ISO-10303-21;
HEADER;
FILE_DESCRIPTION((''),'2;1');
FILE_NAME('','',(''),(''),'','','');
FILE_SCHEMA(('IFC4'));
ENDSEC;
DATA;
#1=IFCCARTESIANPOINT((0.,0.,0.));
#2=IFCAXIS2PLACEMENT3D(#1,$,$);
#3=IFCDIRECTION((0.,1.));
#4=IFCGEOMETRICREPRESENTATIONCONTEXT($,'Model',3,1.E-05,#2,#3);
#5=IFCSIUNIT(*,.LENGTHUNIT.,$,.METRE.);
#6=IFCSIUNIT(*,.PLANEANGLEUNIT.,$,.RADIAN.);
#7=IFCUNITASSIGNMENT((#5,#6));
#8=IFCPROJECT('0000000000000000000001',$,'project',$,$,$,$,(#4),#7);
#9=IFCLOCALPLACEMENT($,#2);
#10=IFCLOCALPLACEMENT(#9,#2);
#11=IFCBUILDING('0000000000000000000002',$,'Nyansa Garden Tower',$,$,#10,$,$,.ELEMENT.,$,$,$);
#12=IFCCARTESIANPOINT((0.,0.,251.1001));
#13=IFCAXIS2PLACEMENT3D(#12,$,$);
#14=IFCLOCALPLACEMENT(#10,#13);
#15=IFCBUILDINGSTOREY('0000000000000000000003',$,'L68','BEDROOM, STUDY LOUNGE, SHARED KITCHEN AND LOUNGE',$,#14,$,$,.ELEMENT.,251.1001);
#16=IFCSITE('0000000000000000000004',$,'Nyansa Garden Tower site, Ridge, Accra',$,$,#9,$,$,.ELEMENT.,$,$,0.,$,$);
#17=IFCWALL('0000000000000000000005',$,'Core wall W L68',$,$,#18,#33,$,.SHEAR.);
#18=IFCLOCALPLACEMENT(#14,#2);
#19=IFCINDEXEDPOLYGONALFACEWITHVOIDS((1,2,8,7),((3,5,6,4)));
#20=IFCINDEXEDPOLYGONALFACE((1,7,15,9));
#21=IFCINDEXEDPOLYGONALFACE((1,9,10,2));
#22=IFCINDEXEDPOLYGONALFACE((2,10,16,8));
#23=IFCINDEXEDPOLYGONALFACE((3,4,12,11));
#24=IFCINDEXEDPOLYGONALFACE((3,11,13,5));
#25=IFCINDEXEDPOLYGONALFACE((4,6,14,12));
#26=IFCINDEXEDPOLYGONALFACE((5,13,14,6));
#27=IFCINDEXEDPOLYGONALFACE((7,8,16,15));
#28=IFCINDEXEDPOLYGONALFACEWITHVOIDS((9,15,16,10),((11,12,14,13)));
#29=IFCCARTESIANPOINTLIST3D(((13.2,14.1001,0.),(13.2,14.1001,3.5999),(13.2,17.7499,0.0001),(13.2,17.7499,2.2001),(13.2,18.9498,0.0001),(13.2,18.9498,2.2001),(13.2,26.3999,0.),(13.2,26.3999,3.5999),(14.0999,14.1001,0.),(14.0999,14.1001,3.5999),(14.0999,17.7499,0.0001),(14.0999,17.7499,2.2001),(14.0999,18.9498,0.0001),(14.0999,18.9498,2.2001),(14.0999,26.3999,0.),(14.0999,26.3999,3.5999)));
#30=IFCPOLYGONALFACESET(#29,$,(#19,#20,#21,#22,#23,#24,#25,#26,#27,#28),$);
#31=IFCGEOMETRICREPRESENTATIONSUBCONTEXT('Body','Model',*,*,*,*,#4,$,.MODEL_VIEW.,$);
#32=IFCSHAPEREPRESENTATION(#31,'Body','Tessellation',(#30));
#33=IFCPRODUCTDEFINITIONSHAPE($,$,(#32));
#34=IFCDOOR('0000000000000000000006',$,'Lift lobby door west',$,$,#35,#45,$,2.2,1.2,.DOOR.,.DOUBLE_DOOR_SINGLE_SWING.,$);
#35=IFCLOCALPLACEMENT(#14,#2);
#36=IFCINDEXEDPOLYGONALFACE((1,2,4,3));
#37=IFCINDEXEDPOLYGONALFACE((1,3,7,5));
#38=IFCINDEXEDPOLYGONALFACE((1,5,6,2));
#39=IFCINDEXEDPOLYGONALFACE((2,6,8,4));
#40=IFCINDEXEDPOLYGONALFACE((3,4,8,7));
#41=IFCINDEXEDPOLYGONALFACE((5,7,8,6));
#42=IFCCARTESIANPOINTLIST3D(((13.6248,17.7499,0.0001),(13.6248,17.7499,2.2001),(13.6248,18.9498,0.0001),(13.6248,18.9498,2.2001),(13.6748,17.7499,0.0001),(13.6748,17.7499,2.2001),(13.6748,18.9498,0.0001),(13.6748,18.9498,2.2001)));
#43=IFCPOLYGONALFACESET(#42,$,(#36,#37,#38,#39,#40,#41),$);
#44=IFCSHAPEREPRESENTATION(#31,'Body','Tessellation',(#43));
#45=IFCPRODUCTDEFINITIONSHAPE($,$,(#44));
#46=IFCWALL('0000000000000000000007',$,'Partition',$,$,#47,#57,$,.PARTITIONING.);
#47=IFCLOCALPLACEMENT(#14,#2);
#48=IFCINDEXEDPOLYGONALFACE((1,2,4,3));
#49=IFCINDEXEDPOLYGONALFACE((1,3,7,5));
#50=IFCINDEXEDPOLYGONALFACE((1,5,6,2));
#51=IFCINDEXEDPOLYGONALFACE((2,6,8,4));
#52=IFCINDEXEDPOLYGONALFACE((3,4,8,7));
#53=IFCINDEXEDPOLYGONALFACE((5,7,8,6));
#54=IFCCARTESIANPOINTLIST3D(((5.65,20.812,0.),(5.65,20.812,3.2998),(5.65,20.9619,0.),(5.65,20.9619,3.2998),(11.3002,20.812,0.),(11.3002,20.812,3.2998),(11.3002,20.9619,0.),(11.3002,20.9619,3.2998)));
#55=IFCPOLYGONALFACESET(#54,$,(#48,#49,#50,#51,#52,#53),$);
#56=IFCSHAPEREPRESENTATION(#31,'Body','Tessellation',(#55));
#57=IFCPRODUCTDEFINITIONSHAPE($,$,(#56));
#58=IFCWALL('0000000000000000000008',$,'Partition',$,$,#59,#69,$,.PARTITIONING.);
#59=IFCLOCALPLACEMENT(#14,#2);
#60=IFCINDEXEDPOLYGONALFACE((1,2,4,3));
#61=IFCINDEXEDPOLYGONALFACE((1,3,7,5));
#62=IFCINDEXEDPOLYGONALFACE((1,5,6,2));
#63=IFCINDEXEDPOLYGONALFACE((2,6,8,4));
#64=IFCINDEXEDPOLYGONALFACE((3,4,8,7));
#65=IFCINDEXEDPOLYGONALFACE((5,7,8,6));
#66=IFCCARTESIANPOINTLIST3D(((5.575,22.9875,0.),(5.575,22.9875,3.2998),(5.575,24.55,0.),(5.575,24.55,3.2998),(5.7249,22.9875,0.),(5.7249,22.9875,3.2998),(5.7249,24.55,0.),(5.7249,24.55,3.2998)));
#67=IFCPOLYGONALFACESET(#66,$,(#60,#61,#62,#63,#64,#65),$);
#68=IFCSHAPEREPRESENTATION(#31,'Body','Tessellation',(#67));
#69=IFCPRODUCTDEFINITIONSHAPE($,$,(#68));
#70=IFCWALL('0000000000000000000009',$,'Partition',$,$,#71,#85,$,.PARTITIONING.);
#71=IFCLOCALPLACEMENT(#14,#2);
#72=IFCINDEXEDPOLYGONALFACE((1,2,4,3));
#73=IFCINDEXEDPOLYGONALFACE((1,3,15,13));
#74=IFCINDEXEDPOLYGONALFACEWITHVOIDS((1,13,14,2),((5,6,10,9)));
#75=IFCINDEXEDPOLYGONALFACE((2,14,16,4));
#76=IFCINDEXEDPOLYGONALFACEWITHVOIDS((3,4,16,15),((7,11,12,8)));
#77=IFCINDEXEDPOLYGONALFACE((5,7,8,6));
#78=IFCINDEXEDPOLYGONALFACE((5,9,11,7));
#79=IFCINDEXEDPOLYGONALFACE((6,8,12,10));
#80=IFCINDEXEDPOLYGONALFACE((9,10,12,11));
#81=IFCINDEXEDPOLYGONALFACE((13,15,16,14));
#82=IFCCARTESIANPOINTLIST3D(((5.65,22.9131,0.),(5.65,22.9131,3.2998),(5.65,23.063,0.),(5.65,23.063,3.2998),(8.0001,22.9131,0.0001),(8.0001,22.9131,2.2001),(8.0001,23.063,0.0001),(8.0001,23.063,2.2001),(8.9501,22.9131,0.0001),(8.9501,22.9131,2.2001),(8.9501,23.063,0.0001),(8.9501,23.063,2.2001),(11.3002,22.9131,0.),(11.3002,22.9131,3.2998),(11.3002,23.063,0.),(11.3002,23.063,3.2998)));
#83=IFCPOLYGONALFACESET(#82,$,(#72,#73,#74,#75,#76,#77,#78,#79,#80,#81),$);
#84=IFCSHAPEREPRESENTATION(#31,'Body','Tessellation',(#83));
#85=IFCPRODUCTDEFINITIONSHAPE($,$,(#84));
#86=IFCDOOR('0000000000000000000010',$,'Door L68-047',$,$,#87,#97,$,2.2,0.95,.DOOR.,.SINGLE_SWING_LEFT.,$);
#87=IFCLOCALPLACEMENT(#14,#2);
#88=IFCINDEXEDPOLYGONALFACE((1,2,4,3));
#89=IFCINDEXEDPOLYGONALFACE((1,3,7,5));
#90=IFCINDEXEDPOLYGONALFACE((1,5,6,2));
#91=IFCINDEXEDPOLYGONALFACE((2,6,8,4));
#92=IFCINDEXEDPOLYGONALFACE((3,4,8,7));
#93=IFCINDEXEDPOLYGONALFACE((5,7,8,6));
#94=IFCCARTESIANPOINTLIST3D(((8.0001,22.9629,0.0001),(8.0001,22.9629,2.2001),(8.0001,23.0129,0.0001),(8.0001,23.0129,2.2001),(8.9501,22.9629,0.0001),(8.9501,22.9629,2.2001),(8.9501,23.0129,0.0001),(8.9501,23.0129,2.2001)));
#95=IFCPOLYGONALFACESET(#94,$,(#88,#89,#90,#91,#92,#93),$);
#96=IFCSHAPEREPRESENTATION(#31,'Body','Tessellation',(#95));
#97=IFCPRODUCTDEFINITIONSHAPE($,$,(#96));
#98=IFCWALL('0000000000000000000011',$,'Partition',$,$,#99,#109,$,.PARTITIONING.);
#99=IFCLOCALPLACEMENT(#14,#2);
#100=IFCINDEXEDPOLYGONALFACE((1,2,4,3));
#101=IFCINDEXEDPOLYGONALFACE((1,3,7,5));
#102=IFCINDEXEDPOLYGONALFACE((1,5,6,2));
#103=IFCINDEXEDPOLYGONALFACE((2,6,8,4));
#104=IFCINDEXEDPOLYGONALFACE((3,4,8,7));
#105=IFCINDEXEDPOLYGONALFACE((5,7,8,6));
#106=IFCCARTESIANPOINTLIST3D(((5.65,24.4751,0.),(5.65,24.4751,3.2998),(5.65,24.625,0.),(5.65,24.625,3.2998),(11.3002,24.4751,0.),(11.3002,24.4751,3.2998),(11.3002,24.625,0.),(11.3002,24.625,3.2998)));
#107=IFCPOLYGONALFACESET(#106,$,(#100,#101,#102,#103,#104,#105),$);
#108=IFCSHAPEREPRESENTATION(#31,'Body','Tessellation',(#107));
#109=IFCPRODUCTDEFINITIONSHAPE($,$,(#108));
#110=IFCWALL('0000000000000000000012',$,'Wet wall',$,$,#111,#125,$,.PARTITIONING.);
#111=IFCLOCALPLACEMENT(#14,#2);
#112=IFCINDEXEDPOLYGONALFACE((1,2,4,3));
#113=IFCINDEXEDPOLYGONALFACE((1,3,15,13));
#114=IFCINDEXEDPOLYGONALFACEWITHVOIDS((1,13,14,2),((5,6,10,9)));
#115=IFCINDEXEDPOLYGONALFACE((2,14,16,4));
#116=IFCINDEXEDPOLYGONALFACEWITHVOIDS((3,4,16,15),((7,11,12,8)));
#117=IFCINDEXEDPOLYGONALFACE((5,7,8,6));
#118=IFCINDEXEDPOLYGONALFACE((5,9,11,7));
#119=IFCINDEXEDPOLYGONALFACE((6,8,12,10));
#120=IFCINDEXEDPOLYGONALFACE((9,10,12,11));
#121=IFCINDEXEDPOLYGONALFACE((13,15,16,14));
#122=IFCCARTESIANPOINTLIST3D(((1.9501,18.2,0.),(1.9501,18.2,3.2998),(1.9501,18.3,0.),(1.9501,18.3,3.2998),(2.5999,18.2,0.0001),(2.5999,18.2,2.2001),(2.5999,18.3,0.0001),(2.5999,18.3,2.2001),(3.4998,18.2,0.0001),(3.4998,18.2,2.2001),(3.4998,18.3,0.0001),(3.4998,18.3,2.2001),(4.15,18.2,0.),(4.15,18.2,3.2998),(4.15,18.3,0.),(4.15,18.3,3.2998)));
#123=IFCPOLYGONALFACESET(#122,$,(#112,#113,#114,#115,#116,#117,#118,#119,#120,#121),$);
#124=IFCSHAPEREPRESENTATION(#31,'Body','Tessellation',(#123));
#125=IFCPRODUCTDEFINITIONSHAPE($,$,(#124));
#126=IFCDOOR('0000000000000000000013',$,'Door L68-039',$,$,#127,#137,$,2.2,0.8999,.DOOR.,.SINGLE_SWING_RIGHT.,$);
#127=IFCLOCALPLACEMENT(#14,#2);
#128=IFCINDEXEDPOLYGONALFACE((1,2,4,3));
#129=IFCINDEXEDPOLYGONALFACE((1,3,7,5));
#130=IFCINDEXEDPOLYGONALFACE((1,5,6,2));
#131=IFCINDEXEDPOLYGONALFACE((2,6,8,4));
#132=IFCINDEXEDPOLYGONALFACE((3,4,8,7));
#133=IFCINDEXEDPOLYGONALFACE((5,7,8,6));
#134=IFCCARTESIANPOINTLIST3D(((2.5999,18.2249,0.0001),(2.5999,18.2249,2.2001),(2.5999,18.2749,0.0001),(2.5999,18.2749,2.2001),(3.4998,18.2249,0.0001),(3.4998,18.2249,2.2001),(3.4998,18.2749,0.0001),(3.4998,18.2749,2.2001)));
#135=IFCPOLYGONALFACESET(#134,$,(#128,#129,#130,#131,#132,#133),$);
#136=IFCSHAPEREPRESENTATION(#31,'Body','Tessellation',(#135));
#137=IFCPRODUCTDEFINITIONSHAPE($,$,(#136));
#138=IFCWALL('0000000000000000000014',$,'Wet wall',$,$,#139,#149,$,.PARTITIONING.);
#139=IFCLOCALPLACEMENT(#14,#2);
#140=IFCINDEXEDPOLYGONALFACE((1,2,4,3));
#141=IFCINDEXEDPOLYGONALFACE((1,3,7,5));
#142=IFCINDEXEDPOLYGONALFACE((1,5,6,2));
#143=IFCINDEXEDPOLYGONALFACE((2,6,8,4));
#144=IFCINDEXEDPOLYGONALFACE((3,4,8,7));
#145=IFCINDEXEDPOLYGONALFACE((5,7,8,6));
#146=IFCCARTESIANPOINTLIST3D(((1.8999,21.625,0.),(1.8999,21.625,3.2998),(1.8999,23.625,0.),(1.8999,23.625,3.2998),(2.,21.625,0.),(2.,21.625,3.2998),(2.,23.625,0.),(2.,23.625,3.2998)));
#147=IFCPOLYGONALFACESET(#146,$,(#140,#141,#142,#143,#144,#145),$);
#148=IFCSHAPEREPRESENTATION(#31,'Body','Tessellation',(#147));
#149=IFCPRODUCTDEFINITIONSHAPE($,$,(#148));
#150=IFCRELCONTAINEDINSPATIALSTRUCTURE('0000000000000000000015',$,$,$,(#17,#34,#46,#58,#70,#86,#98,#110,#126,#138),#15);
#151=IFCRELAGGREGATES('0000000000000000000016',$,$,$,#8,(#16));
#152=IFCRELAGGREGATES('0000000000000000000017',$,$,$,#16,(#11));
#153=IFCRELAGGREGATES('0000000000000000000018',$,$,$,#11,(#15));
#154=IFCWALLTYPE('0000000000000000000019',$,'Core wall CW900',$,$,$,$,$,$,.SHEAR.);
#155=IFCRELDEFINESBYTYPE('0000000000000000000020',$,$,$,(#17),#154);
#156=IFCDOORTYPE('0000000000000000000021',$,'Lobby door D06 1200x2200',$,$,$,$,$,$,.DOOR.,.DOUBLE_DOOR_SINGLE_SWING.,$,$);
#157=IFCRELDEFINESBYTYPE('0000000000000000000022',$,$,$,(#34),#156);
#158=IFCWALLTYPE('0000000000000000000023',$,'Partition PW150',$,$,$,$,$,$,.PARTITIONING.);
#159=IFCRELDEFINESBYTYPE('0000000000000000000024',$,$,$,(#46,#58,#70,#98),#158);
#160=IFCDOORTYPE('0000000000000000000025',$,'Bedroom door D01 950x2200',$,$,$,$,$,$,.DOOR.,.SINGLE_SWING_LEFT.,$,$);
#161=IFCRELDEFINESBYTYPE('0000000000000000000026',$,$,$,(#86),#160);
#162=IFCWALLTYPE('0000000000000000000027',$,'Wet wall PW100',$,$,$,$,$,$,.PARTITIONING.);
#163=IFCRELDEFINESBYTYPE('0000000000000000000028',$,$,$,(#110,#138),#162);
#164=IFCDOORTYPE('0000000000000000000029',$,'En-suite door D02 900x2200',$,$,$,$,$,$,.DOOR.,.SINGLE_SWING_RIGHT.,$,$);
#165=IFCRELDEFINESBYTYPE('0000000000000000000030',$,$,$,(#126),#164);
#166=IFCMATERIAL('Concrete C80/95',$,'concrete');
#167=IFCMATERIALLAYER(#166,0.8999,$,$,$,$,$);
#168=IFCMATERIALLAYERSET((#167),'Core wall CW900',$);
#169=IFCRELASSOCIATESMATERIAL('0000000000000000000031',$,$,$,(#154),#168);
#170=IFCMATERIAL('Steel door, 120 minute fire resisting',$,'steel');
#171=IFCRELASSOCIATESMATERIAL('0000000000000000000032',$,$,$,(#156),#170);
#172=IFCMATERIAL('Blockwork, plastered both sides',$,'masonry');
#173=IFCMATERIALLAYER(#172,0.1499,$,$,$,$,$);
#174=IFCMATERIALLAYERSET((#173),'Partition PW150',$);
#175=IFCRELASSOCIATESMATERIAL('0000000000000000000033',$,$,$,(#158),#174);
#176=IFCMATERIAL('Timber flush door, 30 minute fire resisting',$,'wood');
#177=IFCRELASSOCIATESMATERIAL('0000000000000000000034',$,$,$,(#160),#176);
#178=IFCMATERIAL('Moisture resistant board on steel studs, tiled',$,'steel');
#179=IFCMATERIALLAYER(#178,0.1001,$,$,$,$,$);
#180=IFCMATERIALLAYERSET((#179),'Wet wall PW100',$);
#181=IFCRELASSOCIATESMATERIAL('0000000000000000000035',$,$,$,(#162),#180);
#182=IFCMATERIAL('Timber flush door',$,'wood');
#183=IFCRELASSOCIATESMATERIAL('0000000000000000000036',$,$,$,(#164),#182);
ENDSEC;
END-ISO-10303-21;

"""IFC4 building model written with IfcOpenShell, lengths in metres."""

from ifc_helpers import new_model, si_unit, direction, frame, frame_2d, origin, place, context, subcontext, project, spatial, rectangle, extrude, material, layer, layer_set, type_object, element, fill, save


model = new_model("IFC4")

# Units and contexts
model_context = context("Model", 3, precision=1e-05, world=origin(), true_north=direction((0.0, 1.0)))
body_context = subcontext(model_context, "Body", "Model", "MODEL_VIEW")
ifc_project = project(units=[si_unit("LENGTHUNIT", "METRE"), si_unit("PLANEANGLEUNIT", "RADIAN")], contexts=[model_context])

# Site, building, storey
site_placement = place(None, origin())
site = spatial("IfcSite", under=ifc_project, at=site_placement, Name="Nyansa Garden Tower site, Ridge, Accra", CompositionType="ELEMENT", RefElevation=0.0)
building_placement = place(site_placement, origin())
building = spatial("IfcBuilding", under=site, at=building_placement, Name="Nyansa Garden Tower", CompositionType="ELEMENT")
storey_placement = place(building_placement, frame((0.0, 0.0, 251.1001)))
storey = spatial("IfcBuildingStorey", under=building, at=storey_placement, Name="L68", Description="BEDROOM, STUDY LOUNGE, SHARED KITCHEN AND LOUNGE", CompositionType="ELEMENT", Elevation=251.1001)

# Wall, opening, door
ifc_material_1 = material(Name="Concrete C80/95", Category="concrete")
ifc_layer_1 = layer(ifc_material_1, 0.8999)
ifc_layer_set_1 = layer_set([ifc_layer_1], Name="Core wall CW900")
wall_type_1 = type_object("IfcWallType", Name="Core wall CW900", PredefinedType="SHEAR", material=ifc_layer_set_1)
wall_1_placement = place(storey_placement, frame((13.6499, 26.3999, 0.0), z_axis=(0.0, 0.0, 1.0), x_axis=(0.0, -1.0, 0.0)))
wall_1 = element("IfcWall", 1, at=wall_1_placement, inside=storey, type_object=wall_type_1, Name="Core wall W L68", PredefinedType="SHEAR", context=body_context, shape_type="SweptSolid", body=[
    extrude(rectangle(XDim=12.2998, YDim=0.8999, at=frame_2d((6.1499, 0.0))), origin(), (0.0, 0.0, 1.0), 3.5999),
])
opening_1_placement = place(wall_1_placement, frame((7.45, 0.0, 0.0)))
opening_1 = element("IfcOpeningElement", 2, at=opening_1_placement, cuts=wall_1, PredefinedType="OPENING", context=body_context, shape_type="SweptSolid", body=[
    extrude(rectangle(XDim=1.2, YDim=2.2, at=frame_2d((0.6001, 1.1001))), frame((0.0, 0.46, 0.0), z_axis=(0.0, -1.0, 0.0), x_axis=(1.0, 0.0, 0.0)), (0.0, 0.0, 1.0), 0.9199),
])
ifc_material_2 = material(Name="Steel door, 120 minute fire resisting", Category="steel")
door_type_1 = type_object("IfcDoorType", Name="Lobby door D06 1200x2200", OperationType="DOUBLE_DOOR_SINGLE_SWING", PredefinedType="DOOR", material=ifc_material_2)
door_1_placement = place(opening_1_placement, origin())
door_1 = element("IfcDoor", 3, at=door_1_placement, inside=storey, type_object=door_type_1, Name="Lift lobby door west", OperationType="DOUBLE_DOOR_SINGLE_SWING", OverallHeight=2.2, OverallWidth=1.2, PredefinedType="DOOR", context=body_context, shape_type="SweptSolid", body=[
    extrude(rectangle(XDim=1.2, YDim=2.2, at=frame_2d((0.6001, 1.1001))), frame((0.0, 0.0249, 0.0), z_axis=(0.0, -1.0, 0.0), x_axis=(1.0, 0.0, 0.0)), (0.0, 0.0, 1.0), 0.05),
])
fill(opening_1, door_1)

# Walls
ifc_material_3 = material(Name="Blockwork, plastered both sides", Category="masonry")
ifc_layer_2 = layer(ifc_material_3, 0.1499)
ifc_layer_set_2 = layer_set([ifc_layer_2], Name="Partition PW150")
wall_type_2 = type_object("IfcWallType", Name="Partition PW150", PredefinedType="PARTITIONING", material=ifc_layer_set_2)
wall_2_placement = place(storey_placement, frame((5.6499, 20.887, 0.0), z_axis=(0.0, 0.0, 1.0), x_axis=(1.0, 0.0, 0.0)))
element("IfcWall", 4, at=wall_2_placement, inside=storey, type_object=wall_type_2, Name="Partition", PredefinedType="PARTITIONING", context=body_context, shape_type="SweptSolid", body=[
    extrude(rectangle(XDim=5.6501, YDim=0.1499, at=frame_2d((2.8252, 0.0))), origin(), (0.0, 0.0, 1.0), 3.2998),
])
wall_3_placement = place(storey_placement, frame((5.6499, 22.9875, 0.0), z_axis=(0.0, 0.0, 1.0), x_axis=(0.0, 1.0, 0.0)))
element("IfcWall", 5, at=wall_3_placement, inside=storey, type_object=wall_type_2, Name="Partition", PredefinedType="PARTITIONING", context=body_context, shape_type="SweptSolid", body=[
    extrude(rectangle(XDim=1.5625, YDim=0.1499, at=frame_2d((0.7812, 0.0))), origin(), (0.0, 0.0, 1.0), 3.2998),
])

# Wall, opening, door
wall_4_placement = place(storey_placement, frame((5.6499, 22.988, 0.0), z_axis=(0.0, 0.0, 1.0), x_axis=(1.0, 0.0, 0.0)))
wall_4 = element("IfcWall", 6, at=wall_4_placement, inside=storey, type_object=wall_type_2, Name="Partition", PredefinedType="PARTITIONING", context=body_context, shape_type="SweptSolid", body=[
    extrude(rectangle(XDim=5.6501, YDim=0.1499, at=frame_2d((2.8252, 0.0))), origin(), (0.0, 0.0, 1.0), 3.2998),
])
opening_2_placement = place(wall_4_placement, frame((2.3501, 0.0, 0.0)))
opening_2 = element("IfcOpeningElement", 7, at=opening_2_placement, cuts=wall_4, PredefinedType="OPENING", context=body_context, shape_type="SweptSolid", body=[
    extrude(rectangle(XDim=0.95, YDim=2.2, at=frame_2d((0.4751, 1.1001))), frame((0.0, 0.085, 0.0), z_axis=(0.0, -1.0, 0.0), x_axis=(1.0, 0.0, 0.0)), (0.0, 0.0, 1.0), 0.1699),
])
ifc_material_4 = material(Name="Timber flush door, 30 minute fire resisting", Category="wood")
door_type_2 = type_object("IfcDoorType", Name="Bedroom door D01 950x2200", OperationType="SINGLE_SWING_LEFT", PredefinedType="DOOR", material=ifc_material_4)
door_2_placement = place(opening_2_placement, origin())
door_2 = element("IfcDoor", 8, at=door_2_placement, inside=storey, type_object=door_type_2, Name="Door L68-047", OperationType="SINGLE_SWING_LEFT", OverallHeight=2.2, OverallWidth=0.95, PredefinedType="DOOR", context=body_context, shape_type="SweptSolid", body=[
    extrude(rectangle(XDim=0.95, YDim=2.2, at=frame_2d((0.4751, 1.1001))), frame((0.0, 0.0249, 0.0), z_axis=(0.0, -1.0, 0.0), x_axis=(1.0, 0.0, 0.0)), (0.0, 0.0, 1.0), 0.05),
])
fill(opening_2, door_2)

# Wall
wall_5_placement = place(storey_placement, frame((5.6499, 24.55, 0.0), z_axis=(0.0, 0.0, 1.0), x_axis=(1.0, 0.0, 0.0)))
element("IfcWall", 9, at=wall_5_placement, inside=storey, type_object=wall_type_2, Name="Partition", PredefinedType="PARTITIONING", context=body_context, shape_type="SweptSolid", body=[
    extrude(rectangle(XDim=5.6501, YDim=0.1499, at=frame_2d((2.8252, 0.0))), origin(), (0.0, 0.0, 1.0), 3.2998),
])

# Wall, opening, door
ifc_material_5 = material(Name="Moisture resistant board on steel studs, tiled", Category="steel")
ifc_layer_3 = layer(ifc_material_5, 0.1001)
ifc_layer_set_3 = layer_set([ifc_layer_3], Name="Wet wall PW100")
wall_type_3 = type_object("IfcWallType", Name="Wet wall PW100", PredefinedType="PARTITIONING", material=ifc_layer_set_3)
wall_6_placement = place(storey_placement, frame((1.95, 18.25, 0.0), z_axis=(0.0, 0.0, 1.0), x_axis=(1.0, 0.0, 0.0)))
wall_6 = element("IfcWall", 10, at=wall_6_placement, inside=storey, type_object=wall_type_3, Name="Wet wall", PredefinedType="PARTITIONING", context=body_context, shape_type="SweptSolid", body=[
    extrude(rectangle(XDim=2.2, YDim=0.1001, at=frame_2d((1.1001, 0.0))), origin(), (0.0, 0.0, 1.0), 3.2998),
])
opening_3_placement = place(wall_6_placement, frame((0.6499, 0.0, 0.0)))
opening_3 = element("IfcOpeningElement", 11, at=opening_3_placement, cuts=wall_6, PredefinedType="OPENING", context=body_context, shape_type="SweptSolid", body=[
    extrude(rectangle(XDim=0.8999, YDim=2.2, at=frame_2d((0.45, 1.1001))), frame((0.0, 0.0601, 0.0), z_axis=(0.0, -1.0, 0.0), x_axis=(1.0, 0.0, 0.0)), (0.0, 0.0, 1.0), 0.1201),
])
ifc_material_6 = material(Name="Timber flush door", Category="wood")
door_type_3 = type_object("IfcDoorType", Name="En-suite door D02 900x2200", OperationType="SINGLE_SWING_RIGHT", PredefinedType="DOOR", material=ifc_material_6)
door_3_placement = place(opening_3_placement, origin())
door_3 = element("IfcDoor", 12, at=door_3_placement, inside=storey, type_object=door_type_3, Name="Door L68-039", OperationType="SINGLE_SWING_RIGHT", OverallHeight=2.2, OverallWidth=0.8999, PredefinedType="DOOR", context=body_context, shape_type="SweptSolid", body=[
    extrude(rectangle(XDim=0.8999, YDim=2.2, at=frame_2d((0.45, 1.1001))), frame((0.0, 0.0249, 0.0), z_axis=(0.0, -1.0, 0.0), x_axis=(1.0, 0.0, 0.0)), (0.0, 0.0, 1.0), 0.05),
])
fill(opening_3, door_3)

# Wall
wall_7_placement = place(storey_placement, frame((1.95, 21.625, 0.0), z_axis=(0.0, 0.0, 1.0), x_axis=(0.0, 1.0, 0.0)))
element("IfcWall", 13, at=wall_7_placement, inside=storey, type_object=wall_type_3, Name="Wet wall", PredefinedType="PARTITIONING", context=body_context, shape_type="SweptSolid", body=[
    extrude(rectangle(XDim=2.0, YDim=0.1001, at=frame_2d((1.0, 0.0))), origin(), (0.0, 0.0, 1.0), 3.2998),
])

save(model, "model.ifc")
